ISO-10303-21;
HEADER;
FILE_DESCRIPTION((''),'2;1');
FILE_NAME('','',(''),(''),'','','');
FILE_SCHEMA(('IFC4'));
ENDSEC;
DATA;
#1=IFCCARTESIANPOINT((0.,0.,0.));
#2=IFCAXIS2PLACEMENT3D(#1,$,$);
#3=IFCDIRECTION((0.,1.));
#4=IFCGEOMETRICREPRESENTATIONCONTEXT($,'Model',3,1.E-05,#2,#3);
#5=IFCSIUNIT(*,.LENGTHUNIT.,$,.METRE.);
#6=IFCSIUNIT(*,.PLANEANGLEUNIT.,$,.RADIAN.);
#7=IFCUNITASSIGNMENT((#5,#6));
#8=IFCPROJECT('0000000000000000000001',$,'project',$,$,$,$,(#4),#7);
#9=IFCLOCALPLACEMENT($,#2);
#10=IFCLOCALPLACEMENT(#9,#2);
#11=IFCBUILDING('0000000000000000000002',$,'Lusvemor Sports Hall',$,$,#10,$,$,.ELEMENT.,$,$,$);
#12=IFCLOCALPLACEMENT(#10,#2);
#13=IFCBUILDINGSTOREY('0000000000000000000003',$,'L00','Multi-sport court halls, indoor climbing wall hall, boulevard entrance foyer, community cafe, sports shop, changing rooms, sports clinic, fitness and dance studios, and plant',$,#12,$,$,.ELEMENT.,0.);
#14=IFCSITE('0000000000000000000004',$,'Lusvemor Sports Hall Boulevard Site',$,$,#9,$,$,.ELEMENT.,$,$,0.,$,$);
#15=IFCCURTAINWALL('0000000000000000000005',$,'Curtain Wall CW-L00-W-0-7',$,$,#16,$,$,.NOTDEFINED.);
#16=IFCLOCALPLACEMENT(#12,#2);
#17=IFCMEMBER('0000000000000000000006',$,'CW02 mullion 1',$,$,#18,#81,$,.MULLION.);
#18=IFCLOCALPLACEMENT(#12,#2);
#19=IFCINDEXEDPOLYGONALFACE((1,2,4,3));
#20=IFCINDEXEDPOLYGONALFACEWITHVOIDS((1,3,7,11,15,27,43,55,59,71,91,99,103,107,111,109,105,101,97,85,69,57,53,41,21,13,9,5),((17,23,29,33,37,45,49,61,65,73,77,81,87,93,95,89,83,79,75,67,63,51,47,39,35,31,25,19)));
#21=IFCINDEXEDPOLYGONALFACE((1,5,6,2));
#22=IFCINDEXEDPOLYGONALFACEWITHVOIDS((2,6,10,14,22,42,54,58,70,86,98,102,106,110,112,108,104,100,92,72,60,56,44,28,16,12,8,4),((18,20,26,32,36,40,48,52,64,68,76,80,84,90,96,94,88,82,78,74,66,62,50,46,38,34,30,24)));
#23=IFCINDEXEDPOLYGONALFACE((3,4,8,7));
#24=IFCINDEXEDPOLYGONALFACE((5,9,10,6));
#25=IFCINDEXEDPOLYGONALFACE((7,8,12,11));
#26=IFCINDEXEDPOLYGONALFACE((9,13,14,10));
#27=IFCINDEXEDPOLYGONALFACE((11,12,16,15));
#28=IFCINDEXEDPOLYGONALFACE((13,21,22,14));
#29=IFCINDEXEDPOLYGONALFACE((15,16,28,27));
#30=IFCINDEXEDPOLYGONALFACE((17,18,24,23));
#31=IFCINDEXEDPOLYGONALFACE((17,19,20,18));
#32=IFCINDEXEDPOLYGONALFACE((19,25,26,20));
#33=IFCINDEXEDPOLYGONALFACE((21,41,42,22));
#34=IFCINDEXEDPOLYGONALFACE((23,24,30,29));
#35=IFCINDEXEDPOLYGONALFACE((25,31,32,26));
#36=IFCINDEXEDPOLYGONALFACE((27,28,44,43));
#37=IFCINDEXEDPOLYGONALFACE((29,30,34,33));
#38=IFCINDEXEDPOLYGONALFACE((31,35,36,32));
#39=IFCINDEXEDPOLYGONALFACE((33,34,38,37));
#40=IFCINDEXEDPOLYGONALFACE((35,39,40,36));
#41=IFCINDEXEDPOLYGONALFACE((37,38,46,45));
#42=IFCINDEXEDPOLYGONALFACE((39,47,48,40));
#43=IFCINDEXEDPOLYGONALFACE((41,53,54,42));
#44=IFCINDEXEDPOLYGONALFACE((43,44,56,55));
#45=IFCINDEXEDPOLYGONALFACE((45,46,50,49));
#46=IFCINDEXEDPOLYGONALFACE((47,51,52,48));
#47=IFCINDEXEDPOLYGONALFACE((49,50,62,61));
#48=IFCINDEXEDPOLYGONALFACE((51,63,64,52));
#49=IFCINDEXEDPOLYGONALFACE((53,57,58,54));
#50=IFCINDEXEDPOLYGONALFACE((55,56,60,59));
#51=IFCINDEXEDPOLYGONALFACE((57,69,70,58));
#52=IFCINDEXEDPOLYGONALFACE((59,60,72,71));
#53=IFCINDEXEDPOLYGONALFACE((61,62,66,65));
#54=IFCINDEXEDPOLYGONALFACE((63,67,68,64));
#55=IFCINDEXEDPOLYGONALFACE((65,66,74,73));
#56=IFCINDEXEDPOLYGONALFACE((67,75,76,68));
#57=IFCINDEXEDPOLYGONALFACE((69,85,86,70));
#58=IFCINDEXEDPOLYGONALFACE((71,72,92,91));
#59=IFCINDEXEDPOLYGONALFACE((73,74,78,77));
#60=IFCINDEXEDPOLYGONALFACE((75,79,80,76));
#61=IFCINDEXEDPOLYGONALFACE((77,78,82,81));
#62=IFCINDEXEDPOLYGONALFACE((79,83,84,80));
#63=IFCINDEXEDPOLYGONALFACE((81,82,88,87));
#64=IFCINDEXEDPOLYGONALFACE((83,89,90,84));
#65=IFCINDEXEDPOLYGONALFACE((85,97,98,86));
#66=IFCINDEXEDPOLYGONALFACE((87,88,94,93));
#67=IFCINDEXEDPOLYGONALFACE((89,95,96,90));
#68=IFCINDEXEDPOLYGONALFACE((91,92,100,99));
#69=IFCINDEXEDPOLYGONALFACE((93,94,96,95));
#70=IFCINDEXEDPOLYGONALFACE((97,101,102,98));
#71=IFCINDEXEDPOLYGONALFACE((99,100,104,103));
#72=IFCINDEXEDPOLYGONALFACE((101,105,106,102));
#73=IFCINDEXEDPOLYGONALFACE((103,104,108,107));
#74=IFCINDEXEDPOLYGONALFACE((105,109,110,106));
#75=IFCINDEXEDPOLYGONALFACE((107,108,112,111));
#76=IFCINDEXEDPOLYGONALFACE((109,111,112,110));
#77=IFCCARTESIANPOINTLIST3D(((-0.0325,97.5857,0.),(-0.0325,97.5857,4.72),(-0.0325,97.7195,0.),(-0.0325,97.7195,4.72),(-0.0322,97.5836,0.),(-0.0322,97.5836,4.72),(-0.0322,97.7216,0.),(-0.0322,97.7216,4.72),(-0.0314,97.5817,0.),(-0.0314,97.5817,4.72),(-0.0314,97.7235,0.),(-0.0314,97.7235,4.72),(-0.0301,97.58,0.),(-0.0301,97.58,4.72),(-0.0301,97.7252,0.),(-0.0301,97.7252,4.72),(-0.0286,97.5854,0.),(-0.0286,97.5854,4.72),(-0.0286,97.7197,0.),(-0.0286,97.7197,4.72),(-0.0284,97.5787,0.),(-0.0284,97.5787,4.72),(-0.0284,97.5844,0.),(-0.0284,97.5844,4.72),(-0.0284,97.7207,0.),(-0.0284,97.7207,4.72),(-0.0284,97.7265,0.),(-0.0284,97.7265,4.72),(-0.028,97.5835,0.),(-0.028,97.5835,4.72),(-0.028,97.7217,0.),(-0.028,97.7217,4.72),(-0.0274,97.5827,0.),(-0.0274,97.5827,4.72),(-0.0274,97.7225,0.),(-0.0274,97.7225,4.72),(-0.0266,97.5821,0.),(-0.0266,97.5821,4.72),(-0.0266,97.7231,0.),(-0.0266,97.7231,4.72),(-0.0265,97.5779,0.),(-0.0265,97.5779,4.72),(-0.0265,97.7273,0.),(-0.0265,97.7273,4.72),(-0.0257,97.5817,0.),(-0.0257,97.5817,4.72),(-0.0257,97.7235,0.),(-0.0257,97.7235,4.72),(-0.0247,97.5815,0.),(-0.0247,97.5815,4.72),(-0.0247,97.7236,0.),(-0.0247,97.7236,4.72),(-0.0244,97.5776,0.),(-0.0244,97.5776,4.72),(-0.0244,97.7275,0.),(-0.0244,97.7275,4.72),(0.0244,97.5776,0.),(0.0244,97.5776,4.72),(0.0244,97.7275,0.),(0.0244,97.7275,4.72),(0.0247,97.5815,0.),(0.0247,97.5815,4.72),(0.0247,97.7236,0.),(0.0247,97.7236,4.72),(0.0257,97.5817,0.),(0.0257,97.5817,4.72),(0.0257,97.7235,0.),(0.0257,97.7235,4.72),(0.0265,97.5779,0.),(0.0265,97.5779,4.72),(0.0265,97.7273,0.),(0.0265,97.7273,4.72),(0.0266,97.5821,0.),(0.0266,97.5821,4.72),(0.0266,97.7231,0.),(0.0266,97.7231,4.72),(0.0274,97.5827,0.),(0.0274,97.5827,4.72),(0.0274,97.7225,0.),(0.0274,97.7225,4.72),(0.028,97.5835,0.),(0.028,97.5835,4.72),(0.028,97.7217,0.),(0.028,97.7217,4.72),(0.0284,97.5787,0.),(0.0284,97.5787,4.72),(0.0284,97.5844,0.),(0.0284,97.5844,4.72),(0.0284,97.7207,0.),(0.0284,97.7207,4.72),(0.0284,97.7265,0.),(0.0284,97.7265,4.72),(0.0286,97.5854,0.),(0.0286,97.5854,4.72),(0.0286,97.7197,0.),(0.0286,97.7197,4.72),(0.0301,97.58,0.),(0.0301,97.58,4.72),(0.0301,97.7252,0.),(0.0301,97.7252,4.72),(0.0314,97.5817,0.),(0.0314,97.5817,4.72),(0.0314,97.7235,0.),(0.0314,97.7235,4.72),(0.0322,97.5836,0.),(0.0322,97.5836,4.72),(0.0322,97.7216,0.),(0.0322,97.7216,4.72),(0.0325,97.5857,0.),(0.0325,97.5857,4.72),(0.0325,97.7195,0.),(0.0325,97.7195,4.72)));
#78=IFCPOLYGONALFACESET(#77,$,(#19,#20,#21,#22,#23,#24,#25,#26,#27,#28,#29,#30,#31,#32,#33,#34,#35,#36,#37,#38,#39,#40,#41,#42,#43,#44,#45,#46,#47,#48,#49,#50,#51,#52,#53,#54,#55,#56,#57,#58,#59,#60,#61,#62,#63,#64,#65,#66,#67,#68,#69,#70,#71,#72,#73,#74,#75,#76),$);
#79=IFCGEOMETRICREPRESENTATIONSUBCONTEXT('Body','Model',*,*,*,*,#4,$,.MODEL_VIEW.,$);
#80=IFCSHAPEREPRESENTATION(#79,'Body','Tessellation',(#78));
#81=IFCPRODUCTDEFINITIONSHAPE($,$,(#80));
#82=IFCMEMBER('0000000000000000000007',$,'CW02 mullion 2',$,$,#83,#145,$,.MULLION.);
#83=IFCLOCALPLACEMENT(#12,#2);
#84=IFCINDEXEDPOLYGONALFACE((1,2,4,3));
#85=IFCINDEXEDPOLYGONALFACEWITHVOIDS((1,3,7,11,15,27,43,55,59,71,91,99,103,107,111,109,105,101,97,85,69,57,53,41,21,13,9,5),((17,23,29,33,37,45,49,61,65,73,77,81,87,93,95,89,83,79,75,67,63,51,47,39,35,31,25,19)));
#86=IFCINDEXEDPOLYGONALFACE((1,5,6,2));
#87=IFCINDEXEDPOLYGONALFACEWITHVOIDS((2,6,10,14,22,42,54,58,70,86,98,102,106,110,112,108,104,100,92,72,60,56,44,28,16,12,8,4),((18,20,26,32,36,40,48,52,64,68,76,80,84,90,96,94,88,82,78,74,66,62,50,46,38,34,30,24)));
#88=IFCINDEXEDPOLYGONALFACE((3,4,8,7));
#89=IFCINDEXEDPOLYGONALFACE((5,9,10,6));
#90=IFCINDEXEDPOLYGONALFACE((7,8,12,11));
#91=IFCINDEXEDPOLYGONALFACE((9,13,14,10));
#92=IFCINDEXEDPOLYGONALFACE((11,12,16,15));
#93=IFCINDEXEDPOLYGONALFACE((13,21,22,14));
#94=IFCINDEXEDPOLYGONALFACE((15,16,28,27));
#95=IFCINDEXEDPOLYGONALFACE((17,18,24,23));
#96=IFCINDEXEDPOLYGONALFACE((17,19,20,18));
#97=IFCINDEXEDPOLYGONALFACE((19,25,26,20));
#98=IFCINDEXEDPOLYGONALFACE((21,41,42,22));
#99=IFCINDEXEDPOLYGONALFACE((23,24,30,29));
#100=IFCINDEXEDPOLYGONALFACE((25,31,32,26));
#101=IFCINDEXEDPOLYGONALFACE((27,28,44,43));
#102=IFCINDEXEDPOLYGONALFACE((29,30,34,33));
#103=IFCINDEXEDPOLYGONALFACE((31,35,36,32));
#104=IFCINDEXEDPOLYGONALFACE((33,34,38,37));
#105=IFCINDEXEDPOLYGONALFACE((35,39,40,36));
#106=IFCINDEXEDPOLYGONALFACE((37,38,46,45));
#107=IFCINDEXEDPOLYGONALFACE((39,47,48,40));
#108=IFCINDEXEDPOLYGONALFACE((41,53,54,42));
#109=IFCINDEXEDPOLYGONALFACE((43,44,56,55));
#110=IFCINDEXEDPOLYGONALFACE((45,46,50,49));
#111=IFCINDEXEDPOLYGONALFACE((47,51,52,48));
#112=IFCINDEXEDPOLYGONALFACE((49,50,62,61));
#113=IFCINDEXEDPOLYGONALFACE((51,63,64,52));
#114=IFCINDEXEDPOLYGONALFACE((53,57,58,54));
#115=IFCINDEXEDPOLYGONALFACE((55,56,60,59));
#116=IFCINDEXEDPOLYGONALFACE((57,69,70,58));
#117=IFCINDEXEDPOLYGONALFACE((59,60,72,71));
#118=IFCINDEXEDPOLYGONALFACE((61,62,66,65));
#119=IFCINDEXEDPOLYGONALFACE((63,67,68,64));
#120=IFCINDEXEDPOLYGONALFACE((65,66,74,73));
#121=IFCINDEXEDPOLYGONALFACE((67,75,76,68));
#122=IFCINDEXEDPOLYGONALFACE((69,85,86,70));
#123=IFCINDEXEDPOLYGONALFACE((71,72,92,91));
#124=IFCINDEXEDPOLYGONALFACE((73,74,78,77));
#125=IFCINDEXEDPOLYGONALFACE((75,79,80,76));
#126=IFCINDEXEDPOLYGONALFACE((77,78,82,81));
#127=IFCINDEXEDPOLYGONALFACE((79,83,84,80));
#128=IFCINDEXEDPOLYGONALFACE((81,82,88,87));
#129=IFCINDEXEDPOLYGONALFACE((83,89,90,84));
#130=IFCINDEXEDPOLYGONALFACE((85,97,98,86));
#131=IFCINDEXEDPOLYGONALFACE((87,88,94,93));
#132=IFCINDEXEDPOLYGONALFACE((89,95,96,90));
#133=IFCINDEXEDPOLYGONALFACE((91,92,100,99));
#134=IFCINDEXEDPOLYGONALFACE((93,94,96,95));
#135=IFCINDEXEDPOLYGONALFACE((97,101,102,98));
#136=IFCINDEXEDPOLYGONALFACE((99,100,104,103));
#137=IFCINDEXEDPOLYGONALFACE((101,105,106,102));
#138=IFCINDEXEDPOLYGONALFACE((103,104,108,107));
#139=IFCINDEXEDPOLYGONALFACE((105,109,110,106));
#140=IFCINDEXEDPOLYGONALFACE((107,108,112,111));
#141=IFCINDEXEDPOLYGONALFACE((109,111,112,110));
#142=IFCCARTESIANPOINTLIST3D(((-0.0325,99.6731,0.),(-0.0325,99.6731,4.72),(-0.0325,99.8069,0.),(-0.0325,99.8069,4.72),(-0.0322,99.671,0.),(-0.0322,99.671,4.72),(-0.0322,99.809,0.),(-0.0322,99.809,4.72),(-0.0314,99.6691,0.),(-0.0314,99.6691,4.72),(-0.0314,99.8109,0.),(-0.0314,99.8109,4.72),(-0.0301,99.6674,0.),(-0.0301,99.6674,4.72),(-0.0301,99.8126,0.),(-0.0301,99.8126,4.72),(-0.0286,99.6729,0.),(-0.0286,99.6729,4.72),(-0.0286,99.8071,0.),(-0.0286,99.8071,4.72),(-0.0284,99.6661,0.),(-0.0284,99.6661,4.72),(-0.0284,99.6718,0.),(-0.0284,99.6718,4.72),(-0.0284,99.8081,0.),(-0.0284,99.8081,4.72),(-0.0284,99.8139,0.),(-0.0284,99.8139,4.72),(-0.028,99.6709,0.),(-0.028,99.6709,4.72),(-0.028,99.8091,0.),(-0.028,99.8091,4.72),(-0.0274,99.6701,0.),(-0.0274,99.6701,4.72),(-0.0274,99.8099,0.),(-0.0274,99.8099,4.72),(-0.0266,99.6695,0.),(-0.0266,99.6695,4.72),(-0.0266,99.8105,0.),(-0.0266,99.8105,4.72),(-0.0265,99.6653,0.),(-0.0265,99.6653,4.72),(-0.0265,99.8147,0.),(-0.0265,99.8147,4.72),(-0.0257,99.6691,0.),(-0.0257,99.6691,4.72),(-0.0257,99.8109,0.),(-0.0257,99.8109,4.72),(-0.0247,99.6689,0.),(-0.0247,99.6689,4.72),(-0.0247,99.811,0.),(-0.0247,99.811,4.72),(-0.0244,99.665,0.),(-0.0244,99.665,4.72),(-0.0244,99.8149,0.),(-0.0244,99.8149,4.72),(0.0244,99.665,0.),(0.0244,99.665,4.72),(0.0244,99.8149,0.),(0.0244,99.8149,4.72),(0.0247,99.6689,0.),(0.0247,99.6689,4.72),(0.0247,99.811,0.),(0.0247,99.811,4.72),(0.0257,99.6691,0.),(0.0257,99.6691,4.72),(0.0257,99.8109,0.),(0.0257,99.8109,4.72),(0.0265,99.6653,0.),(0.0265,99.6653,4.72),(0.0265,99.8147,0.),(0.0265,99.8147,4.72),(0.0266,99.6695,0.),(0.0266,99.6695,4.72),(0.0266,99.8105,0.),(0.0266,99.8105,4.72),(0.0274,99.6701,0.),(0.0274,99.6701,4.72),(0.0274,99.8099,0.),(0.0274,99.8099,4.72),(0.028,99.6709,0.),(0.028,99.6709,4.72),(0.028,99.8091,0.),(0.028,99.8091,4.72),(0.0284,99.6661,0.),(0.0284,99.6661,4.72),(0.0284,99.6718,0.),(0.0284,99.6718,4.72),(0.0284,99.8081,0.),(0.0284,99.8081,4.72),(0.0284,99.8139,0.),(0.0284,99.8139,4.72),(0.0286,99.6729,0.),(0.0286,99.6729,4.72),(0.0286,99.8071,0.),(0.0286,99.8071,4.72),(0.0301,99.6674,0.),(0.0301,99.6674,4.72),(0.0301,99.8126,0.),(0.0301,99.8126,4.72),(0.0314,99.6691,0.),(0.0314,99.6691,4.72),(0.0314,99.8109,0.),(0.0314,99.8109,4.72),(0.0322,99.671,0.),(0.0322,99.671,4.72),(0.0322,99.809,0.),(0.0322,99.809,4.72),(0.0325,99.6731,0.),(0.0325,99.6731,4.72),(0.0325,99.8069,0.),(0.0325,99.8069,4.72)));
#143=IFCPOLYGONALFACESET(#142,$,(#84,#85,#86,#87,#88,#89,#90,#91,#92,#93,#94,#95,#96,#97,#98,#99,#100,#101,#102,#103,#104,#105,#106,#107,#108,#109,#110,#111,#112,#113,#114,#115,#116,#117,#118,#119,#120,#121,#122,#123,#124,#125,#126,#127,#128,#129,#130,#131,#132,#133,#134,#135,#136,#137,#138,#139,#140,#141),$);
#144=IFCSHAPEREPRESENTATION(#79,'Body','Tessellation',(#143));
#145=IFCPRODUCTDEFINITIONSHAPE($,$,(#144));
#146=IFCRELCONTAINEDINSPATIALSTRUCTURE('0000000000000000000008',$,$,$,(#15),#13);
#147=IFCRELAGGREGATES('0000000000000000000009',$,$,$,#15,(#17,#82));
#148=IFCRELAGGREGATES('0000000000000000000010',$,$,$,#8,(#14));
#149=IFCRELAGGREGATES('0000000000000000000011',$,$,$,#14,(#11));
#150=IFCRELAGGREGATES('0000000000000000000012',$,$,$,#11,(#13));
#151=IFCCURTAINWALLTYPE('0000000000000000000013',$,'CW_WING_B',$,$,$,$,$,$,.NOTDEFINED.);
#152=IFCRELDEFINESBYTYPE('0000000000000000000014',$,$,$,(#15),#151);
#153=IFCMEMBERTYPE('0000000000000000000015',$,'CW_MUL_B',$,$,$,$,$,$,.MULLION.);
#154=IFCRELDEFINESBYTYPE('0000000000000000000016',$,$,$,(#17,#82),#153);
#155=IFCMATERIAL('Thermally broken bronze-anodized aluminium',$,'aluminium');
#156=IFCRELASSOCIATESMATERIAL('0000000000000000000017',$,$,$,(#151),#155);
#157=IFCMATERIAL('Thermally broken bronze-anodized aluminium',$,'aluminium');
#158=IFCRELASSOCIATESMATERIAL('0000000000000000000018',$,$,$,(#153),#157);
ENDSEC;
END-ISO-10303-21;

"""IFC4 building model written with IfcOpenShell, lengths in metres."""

from ifc_helpers import new_model, si_unit, direction, frame, origin, origin_2d, place, context, subcontext, project, spatial, hollow_rectangle, extrude, material, material_profile, profile_set, type_object, element, aggregate, save


model = new_model("IFC4")

# Units and contexts
model_context = context("Model", 3, precision=1e-05, world=origin(), true_north=direction((0.0, 1.0)))
body_context = subcontext(model_context, "Body", "Model", "MODEL_VIEW")
ifc_project = project(units=[si_unit("LENGTHUNIT", "METRE"), si_unit("PLANEANGLEUNIT", "RADIAN")], contexts=[model_context])

# Site, building, storey
site_placement = place(None, origin())
site = spatial("IfcSite", under=ifc_project, at=site_placement, Name="Lusvemor Sports Hall Boulevard Site", CompositionType="ELEMENT", RefElevation=0.0)
building_placement = place(site_placement, origin())
building = spatial("IfcBuilding", under=site, at=building_placement, Name="Lusvemor Sports Hall", CompositionType="ELEMENT")
storey_placement = place(building_placement, origin())
storey = spatial("IfcBuildingStorey", under=building, at=storey_placement, Name="L00", Description="Multi-sport court halls, indoor climbing wall hall, boulevard entrance foyer, community cafe, sports shop, changing rooms, sports clinic, fitness and dance studios, and plant", CompositionType="ELEMENT", Elevation=0.0)

# Curtain wall, members
ifc_material_1 = material(Name="Thermally broken bronze-anodized aluminium", Category="aluminium")
curtain_wall_type = type_object("IfcCurtainWallType", Name="CW_WING_B", PredefinedType="NOTDEFINED", material=ifc_material_1)
curtain_wall_placement = place(storey_placement, origin())
curtain_wall = element("IfcCurtainWall", 1, at=curtain_wall_placement, inside=storey, type_object=curtain_wall_type, Name="Curtain Wall CW-L00-W-0-7", PredefinedType="NOTDEFINED")
ifc_material_2 = material(Name="Thermally broken bronze-anodized aluminium", Category="aluminium")
ifc_material_profile_1 = material_profile(ifc_material_2, hollow_rectangle(XDim=0.0649, YDim=0.1499, WallThickness=0.0039, InnerFilletRadius=0.0039, OuterFilletRadius=0.0081, at=origin_2d()), Name="CWMUL150x65x4")
ifc_profile_set_1 = profile_set([ifc_material_profile_1], Name="Thermally broken bronze-anodized aluminium")
member_type_1 = type_object("IfcMemberType", Name="CW_MUL_B", PredefinedType="MULLION", material=ifc_profile_set_1)
member_1_placement = place(storey_placement, frame((0.0, 97.6526, 0.0), z_axis=(0.0, 0.0, 1.0), x_axis=(-1.0, 0.0, 0.0)))
member_1 = element("IfcMember", 2, at=member_1_placement, type_object=member_type_1, Name="CW02 mullion 1", PredefinedType="MULLION", context=body_context, shape_type="SweptSolid", body=[
    extrude(hollow_rectangle(XDim=0.0649, YDim=0.1499, WallThickness=0.0039, InnerFilletRadius=0.0039, OuterFilletRadius=0.0081, at=origin_2d()), origin(), (0.0, 0.0, 1.0), 4.72),
])
member_2_placement = place(storey_placement, frame((0.0, 99.74, 0.0), z_axis=(0.0, 0.0, 1.0), x_axis=(-1.0, 0.0, 0.0)))
member_2 = element("IfcMember", 3, at=member_2_placement, type_object=member_type_1, Name="CW02 mullion 2", PredefinedType="MULLION", context=body_context, shape_type="SweptSolid", body=[
    extrude(hollow_rectangle(XDim=0.0649, YDim=0.1499, WallThickness=0.0039, InnerFilletRadius=0.0039, OuterFilletRadius=0.0081, at=origin_2d()), origin(), (0.0, 0.0, 1.0), 4.72),
])
aggregate(curtain_wall, [member_1, member_2])

save(model, "model.ifc")
